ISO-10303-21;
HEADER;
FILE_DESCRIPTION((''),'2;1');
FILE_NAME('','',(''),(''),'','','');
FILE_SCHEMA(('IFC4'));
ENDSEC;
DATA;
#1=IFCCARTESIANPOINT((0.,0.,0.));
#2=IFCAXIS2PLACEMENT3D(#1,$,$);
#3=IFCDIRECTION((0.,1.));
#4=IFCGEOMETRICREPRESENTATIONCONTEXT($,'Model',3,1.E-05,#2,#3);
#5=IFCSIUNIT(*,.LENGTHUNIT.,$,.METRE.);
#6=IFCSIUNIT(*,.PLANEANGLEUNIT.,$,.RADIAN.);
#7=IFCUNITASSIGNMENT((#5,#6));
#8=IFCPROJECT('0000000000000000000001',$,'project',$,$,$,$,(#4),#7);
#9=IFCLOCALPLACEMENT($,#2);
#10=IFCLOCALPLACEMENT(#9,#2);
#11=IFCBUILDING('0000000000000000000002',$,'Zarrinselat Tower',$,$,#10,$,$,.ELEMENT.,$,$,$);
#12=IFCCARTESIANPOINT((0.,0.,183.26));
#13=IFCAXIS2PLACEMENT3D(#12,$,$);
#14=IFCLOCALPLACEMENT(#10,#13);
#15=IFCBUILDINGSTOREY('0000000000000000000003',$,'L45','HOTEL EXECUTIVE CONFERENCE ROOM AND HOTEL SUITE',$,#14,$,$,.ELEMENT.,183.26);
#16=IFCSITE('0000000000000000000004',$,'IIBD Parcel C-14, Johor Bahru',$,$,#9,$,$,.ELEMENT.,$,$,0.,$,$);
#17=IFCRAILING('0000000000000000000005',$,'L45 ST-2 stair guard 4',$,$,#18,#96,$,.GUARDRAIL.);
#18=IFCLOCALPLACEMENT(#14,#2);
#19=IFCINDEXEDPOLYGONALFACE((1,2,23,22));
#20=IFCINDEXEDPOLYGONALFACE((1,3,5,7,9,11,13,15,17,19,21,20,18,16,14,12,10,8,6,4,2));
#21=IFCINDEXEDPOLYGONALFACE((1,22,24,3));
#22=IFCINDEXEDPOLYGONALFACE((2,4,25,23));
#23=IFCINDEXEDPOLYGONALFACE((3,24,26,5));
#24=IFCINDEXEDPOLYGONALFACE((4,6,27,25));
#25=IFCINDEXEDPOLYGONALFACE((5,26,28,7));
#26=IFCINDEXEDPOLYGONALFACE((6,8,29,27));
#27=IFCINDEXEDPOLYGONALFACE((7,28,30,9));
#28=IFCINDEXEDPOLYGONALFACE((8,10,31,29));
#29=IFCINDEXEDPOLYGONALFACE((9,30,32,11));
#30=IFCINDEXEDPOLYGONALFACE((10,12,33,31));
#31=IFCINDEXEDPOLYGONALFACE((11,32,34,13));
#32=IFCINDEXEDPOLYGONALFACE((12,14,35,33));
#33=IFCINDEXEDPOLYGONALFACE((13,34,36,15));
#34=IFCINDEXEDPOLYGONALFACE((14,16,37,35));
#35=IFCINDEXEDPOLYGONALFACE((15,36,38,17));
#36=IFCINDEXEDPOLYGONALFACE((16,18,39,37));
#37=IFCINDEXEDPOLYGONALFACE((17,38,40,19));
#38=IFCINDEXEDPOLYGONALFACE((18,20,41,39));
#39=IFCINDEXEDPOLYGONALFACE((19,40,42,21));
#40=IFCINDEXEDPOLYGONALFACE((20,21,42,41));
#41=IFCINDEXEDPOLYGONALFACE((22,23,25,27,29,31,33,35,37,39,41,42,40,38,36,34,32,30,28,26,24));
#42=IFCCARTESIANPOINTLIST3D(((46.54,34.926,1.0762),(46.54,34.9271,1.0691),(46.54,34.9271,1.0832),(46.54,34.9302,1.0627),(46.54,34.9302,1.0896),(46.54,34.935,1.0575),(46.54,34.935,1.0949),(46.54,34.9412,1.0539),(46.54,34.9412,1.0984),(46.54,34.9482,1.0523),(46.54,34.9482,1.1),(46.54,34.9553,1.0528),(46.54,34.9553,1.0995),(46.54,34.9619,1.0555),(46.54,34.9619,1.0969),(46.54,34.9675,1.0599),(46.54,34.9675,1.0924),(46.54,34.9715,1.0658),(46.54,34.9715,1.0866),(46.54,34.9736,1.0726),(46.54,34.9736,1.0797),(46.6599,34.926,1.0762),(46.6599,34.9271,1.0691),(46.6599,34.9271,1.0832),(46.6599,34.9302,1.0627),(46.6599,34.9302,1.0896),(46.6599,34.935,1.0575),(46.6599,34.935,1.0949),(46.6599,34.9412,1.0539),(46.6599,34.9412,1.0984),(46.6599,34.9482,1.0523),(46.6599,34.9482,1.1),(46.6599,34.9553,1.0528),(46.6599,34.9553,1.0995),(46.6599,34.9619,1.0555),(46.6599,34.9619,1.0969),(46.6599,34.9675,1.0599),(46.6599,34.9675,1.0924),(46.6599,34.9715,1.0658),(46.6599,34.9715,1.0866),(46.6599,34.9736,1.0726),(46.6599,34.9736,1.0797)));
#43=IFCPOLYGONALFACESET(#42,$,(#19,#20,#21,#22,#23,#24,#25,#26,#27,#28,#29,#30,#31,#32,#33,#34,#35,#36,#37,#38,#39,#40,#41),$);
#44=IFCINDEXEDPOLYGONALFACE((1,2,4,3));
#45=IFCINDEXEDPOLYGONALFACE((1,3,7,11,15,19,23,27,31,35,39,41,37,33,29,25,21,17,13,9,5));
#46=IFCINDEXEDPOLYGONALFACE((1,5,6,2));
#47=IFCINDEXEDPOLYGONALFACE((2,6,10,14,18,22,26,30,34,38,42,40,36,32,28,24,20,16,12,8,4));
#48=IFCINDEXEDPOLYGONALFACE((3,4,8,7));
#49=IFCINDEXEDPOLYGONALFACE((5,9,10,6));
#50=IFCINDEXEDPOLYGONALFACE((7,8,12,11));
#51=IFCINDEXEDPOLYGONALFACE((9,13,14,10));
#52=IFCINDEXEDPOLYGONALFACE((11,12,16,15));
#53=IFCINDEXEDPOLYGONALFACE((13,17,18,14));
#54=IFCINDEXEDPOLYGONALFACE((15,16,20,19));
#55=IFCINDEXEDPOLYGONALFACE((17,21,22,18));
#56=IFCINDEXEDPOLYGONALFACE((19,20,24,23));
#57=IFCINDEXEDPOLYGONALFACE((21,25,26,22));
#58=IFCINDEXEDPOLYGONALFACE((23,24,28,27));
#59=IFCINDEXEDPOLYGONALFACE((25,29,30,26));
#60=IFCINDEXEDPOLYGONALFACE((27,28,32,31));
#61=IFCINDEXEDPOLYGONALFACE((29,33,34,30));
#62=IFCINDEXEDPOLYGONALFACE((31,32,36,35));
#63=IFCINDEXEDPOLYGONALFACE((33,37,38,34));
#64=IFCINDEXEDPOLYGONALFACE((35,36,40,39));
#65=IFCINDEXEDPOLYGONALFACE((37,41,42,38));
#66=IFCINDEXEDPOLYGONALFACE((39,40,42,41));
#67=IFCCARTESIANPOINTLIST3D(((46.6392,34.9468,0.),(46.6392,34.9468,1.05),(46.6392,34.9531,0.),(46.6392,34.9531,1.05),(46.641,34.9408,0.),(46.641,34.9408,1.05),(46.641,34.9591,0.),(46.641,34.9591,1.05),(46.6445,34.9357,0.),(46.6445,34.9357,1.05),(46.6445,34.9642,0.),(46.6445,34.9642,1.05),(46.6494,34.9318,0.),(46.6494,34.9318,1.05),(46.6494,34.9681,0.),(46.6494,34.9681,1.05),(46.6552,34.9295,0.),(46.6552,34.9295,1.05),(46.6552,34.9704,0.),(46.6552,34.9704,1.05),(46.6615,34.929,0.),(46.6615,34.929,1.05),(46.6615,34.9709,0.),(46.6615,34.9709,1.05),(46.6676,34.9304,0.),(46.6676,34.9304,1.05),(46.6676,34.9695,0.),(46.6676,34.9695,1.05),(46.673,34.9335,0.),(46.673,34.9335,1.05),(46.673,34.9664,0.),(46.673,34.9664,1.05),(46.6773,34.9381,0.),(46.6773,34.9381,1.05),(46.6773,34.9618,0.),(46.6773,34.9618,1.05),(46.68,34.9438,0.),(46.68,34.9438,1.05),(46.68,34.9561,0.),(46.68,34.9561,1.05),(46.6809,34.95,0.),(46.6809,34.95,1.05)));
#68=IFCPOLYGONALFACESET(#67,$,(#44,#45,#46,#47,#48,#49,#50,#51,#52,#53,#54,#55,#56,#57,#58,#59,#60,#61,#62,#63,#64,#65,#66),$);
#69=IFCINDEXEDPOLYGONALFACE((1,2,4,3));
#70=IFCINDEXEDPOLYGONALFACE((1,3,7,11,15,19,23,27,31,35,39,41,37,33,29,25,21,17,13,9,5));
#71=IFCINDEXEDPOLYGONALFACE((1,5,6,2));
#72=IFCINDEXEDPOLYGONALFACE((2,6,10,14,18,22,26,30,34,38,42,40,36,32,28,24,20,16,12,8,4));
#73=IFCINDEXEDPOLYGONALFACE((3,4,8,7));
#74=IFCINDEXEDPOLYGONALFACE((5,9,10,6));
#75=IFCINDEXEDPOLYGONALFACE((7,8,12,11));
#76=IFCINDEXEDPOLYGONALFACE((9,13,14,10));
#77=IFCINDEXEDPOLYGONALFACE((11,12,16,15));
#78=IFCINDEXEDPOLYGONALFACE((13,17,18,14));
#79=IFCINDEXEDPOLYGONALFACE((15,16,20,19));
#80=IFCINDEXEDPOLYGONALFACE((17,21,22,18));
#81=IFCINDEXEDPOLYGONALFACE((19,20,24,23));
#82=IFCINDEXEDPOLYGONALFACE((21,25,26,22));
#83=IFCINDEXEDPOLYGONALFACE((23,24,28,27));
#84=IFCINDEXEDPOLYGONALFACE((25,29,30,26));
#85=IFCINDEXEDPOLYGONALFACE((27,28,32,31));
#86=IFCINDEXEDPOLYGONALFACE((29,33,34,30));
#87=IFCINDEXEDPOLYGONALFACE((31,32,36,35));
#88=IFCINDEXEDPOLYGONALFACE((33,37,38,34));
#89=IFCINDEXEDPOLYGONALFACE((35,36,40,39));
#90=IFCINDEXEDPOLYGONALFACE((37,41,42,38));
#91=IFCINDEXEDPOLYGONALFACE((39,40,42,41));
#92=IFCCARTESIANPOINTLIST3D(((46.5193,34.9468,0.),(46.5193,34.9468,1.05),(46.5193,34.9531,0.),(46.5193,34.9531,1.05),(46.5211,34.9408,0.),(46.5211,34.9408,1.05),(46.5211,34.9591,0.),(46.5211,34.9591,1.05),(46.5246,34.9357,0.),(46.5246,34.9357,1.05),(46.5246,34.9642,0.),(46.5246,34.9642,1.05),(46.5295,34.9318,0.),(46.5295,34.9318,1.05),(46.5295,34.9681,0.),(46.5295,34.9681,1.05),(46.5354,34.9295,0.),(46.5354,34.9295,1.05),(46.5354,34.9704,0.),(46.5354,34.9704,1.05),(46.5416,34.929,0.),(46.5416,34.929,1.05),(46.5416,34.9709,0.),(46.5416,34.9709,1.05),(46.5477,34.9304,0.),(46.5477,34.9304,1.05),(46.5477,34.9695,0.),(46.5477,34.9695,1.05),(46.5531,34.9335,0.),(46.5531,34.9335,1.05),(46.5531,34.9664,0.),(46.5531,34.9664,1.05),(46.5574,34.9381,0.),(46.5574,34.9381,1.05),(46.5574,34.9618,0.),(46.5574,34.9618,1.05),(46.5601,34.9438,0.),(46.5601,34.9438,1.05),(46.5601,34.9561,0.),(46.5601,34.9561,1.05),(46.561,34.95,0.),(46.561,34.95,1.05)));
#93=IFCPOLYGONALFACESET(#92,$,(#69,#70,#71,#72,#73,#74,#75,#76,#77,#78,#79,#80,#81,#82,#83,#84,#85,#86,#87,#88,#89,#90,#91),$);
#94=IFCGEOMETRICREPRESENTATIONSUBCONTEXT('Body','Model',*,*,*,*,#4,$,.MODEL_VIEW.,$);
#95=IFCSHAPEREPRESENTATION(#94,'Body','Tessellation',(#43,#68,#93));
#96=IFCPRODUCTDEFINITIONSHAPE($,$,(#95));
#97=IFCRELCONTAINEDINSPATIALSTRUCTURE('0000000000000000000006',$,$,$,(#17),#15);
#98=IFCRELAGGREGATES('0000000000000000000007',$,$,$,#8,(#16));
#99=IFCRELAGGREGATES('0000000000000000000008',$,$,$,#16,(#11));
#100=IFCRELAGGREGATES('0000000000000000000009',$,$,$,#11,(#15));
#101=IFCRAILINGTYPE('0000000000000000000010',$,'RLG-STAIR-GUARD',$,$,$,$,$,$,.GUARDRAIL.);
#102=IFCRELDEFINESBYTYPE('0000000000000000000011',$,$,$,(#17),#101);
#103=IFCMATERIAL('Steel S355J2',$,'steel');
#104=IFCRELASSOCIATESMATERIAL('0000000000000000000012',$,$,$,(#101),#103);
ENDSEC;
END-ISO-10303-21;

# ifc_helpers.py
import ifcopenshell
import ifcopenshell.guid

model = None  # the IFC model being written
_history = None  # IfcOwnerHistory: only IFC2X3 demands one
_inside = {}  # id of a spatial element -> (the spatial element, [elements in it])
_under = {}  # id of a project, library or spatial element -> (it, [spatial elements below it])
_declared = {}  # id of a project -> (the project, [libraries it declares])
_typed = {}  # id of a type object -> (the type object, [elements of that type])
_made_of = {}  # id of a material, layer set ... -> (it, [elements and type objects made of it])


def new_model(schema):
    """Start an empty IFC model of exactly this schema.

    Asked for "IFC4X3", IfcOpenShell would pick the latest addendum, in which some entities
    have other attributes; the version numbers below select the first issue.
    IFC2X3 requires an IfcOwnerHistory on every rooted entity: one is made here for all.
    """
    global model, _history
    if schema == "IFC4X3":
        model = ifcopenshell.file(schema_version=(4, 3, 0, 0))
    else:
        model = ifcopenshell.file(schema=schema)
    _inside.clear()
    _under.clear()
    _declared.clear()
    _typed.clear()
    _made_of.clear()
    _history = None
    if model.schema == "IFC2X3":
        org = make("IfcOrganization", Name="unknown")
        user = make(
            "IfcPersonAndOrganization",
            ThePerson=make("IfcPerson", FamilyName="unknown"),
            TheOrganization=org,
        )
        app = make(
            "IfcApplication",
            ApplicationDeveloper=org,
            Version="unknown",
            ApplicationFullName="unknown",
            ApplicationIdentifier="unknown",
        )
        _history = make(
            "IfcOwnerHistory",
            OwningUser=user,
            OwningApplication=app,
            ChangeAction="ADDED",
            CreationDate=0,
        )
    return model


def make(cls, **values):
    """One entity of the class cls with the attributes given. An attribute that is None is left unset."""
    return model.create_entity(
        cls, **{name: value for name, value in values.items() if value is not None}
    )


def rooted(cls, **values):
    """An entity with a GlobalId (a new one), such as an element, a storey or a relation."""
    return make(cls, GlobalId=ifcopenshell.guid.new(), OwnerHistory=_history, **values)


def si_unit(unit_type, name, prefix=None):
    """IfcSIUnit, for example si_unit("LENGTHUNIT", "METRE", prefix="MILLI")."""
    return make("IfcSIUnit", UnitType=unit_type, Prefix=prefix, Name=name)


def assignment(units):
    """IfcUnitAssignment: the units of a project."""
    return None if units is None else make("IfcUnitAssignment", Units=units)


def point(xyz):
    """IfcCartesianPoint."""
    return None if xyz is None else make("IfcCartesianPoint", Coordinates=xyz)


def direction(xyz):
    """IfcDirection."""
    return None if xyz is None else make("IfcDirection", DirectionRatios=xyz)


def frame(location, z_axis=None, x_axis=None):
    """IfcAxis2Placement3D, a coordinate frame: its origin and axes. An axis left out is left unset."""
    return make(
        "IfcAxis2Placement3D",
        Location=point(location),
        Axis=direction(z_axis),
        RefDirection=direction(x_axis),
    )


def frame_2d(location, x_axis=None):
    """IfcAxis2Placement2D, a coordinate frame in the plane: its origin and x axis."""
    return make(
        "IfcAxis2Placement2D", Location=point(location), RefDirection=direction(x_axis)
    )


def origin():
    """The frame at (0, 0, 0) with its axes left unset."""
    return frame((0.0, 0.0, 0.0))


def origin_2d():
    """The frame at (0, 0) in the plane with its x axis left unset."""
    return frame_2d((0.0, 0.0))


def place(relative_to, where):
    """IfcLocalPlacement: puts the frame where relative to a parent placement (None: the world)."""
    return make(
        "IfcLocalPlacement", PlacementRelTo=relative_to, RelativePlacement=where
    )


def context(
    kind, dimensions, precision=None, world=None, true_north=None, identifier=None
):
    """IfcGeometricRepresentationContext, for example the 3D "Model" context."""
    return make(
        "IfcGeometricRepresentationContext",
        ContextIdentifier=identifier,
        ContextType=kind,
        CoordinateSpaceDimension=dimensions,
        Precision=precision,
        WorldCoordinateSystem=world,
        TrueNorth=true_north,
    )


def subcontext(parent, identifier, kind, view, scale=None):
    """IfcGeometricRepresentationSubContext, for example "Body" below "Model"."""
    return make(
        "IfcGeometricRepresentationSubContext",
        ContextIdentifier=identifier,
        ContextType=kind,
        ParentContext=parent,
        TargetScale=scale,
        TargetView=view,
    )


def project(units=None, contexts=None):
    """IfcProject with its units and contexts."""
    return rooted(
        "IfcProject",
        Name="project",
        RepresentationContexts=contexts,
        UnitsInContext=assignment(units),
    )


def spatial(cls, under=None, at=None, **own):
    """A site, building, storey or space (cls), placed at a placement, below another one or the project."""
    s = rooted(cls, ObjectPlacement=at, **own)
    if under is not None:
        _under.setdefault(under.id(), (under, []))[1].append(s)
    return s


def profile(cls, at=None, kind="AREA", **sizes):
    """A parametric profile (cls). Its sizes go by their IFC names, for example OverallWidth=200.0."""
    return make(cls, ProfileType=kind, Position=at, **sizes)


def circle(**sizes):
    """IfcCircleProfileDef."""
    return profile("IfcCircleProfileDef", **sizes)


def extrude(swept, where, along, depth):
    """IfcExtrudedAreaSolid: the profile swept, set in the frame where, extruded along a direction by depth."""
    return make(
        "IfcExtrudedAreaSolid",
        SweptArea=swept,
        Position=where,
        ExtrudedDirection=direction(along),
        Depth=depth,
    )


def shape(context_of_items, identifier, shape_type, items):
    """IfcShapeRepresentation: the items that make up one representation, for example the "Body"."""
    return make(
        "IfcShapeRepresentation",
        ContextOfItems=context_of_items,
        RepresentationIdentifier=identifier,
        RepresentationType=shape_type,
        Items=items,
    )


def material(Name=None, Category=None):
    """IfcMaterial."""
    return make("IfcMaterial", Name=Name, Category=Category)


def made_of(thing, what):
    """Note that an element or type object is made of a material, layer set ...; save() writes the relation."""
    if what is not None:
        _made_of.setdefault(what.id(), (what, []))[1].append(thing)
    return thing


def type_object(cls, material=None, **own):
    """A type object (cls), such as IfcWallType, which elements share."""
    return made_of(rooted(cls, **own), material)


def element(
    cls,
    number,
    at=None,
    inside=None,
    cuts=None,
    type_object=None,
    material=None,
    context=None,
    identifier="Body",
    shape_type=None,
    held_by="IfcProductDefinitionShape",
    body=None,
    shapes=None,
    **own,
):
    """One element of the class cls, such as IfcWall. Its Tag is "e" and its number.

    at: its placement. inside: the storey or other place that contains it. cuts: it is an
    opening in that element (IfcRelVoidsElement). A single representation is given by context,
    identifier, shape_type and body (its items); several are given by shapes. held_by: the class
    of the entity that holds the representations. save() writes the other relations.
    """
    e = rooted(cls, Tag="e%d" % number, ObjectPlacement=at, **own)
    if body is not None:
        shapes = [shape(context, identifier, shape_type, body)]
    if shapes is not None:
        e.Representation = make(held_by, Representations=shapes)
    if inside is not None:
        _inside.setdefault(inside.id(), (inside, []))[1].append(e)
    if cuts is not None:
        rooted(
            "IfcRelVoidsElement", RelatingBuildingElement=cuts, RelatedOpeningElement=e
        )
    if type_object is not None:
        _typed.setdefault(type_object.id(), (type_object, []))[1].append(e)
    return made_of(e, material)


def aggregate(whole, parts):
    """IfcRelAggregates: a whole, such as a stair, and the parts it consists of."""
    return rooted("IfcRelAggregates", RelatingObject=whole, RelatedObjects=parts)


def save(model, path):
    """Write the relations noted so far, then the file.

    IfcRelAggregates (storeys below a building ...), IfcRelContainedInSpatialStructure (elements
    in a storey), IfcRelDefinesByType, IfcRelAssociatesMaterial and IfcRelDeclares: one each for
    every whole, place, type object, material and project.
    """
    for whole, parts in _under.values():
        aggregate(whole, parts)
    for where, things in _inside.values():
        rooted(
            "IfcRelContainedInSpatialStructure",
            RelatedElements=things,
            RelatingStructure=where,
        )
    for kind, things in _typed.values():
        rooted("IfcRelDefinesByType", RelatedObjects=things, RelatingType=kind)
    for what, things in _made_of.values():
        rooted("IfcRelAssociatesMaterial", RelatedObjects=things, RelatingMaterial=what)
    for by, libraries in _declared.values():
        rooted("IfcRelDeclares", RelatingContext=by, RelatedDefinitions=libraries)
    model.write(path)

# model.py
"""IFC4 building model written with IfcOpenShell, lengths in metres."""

from ifc_helpers import new_model, si_unit, direction, frame, origin, origin_2d, place, context, subcontext, project, spatial, circle, extrude, material, type_object, element, save


model = new_model("IFC4")

# Units and contexts
model_context = context("Model", 3, precision=1e-05, world=origin(), true_north=direction((0.0, 1.0)))
body_context = subcontext(model_context, "Body", "Model", "MODEL_VIEW")
ifc_project = project(units=[si_unit("LENGTHUNIT", "METRE"), si_unit("PLANEANGLEUNIT", "RADIAN")], contexts=[model_context])

# Site, building, storey
site_placement = place(None, origin())
site = spatial("IfcSite", under=ifc_project, at=site_placement, Name="IIBD Parcel C-14, Johor Bahru", CompositionType="ELEMENT", RefElevation=0.0)
building_placement = place(site_placement, origin())
building = spatial("IfcBuilding", under=site, at=building_placement, Name="Zarrinselat Tower", CompositionType="ELEMENT")
storey_placement = place(building_placement, frame((0.0, 0.0, 183.26)))
storey = spatial("IfcBuildingStorey", under=building, at=storey_placement, Name="L45", Description="HOTEL EXECUTIVE CONFERENCE ROOM AND HOTEL SUITE", CompositionType="ELEMENT", Elevation=183.26)

# Railing
ifc_material_1 = material(Name="Steel S355J2", Category="steel")
railing_type_1 = type_object("IfcRailingType", Name="RLG-STAIR-GUARD", PredefinedType="GUARDRAIL", material=ifc_material_1)
railing_1_placement = place(storey_placement, frame((46.6599, 34.95, 0.0)))
element("IfcRailing", 1, at=railing_1_placement, inside=storey, type_object=railing_type_1, Name="L45 ST-2 stair guard 4", PredefinedType="GUARDRAIL", context=body_context, shape_type="SweptSolid", body=[
    extrude(circle(Radius=0.0239, at=origin_2d()), frame((0.0, 0.0, 1.0762), z_axis=(-1.0, 0.0, 0.0), x_axis=(0.0, -1.0, 0.0)), (0.0, 0.0, 1.0), 0.1199),
    extrude(circle(Radius=0.021, at=origin_2d()), origin(), (0.0, 0.0, 1.0), 1.05),
    extrude(circle(Radius=0.021, at=origin_2d()), frame((-0.1199, 0.0, 0.0)), (0.0, 0.0, 1.0), 1.05),
])

save(model, "model.ifc")
